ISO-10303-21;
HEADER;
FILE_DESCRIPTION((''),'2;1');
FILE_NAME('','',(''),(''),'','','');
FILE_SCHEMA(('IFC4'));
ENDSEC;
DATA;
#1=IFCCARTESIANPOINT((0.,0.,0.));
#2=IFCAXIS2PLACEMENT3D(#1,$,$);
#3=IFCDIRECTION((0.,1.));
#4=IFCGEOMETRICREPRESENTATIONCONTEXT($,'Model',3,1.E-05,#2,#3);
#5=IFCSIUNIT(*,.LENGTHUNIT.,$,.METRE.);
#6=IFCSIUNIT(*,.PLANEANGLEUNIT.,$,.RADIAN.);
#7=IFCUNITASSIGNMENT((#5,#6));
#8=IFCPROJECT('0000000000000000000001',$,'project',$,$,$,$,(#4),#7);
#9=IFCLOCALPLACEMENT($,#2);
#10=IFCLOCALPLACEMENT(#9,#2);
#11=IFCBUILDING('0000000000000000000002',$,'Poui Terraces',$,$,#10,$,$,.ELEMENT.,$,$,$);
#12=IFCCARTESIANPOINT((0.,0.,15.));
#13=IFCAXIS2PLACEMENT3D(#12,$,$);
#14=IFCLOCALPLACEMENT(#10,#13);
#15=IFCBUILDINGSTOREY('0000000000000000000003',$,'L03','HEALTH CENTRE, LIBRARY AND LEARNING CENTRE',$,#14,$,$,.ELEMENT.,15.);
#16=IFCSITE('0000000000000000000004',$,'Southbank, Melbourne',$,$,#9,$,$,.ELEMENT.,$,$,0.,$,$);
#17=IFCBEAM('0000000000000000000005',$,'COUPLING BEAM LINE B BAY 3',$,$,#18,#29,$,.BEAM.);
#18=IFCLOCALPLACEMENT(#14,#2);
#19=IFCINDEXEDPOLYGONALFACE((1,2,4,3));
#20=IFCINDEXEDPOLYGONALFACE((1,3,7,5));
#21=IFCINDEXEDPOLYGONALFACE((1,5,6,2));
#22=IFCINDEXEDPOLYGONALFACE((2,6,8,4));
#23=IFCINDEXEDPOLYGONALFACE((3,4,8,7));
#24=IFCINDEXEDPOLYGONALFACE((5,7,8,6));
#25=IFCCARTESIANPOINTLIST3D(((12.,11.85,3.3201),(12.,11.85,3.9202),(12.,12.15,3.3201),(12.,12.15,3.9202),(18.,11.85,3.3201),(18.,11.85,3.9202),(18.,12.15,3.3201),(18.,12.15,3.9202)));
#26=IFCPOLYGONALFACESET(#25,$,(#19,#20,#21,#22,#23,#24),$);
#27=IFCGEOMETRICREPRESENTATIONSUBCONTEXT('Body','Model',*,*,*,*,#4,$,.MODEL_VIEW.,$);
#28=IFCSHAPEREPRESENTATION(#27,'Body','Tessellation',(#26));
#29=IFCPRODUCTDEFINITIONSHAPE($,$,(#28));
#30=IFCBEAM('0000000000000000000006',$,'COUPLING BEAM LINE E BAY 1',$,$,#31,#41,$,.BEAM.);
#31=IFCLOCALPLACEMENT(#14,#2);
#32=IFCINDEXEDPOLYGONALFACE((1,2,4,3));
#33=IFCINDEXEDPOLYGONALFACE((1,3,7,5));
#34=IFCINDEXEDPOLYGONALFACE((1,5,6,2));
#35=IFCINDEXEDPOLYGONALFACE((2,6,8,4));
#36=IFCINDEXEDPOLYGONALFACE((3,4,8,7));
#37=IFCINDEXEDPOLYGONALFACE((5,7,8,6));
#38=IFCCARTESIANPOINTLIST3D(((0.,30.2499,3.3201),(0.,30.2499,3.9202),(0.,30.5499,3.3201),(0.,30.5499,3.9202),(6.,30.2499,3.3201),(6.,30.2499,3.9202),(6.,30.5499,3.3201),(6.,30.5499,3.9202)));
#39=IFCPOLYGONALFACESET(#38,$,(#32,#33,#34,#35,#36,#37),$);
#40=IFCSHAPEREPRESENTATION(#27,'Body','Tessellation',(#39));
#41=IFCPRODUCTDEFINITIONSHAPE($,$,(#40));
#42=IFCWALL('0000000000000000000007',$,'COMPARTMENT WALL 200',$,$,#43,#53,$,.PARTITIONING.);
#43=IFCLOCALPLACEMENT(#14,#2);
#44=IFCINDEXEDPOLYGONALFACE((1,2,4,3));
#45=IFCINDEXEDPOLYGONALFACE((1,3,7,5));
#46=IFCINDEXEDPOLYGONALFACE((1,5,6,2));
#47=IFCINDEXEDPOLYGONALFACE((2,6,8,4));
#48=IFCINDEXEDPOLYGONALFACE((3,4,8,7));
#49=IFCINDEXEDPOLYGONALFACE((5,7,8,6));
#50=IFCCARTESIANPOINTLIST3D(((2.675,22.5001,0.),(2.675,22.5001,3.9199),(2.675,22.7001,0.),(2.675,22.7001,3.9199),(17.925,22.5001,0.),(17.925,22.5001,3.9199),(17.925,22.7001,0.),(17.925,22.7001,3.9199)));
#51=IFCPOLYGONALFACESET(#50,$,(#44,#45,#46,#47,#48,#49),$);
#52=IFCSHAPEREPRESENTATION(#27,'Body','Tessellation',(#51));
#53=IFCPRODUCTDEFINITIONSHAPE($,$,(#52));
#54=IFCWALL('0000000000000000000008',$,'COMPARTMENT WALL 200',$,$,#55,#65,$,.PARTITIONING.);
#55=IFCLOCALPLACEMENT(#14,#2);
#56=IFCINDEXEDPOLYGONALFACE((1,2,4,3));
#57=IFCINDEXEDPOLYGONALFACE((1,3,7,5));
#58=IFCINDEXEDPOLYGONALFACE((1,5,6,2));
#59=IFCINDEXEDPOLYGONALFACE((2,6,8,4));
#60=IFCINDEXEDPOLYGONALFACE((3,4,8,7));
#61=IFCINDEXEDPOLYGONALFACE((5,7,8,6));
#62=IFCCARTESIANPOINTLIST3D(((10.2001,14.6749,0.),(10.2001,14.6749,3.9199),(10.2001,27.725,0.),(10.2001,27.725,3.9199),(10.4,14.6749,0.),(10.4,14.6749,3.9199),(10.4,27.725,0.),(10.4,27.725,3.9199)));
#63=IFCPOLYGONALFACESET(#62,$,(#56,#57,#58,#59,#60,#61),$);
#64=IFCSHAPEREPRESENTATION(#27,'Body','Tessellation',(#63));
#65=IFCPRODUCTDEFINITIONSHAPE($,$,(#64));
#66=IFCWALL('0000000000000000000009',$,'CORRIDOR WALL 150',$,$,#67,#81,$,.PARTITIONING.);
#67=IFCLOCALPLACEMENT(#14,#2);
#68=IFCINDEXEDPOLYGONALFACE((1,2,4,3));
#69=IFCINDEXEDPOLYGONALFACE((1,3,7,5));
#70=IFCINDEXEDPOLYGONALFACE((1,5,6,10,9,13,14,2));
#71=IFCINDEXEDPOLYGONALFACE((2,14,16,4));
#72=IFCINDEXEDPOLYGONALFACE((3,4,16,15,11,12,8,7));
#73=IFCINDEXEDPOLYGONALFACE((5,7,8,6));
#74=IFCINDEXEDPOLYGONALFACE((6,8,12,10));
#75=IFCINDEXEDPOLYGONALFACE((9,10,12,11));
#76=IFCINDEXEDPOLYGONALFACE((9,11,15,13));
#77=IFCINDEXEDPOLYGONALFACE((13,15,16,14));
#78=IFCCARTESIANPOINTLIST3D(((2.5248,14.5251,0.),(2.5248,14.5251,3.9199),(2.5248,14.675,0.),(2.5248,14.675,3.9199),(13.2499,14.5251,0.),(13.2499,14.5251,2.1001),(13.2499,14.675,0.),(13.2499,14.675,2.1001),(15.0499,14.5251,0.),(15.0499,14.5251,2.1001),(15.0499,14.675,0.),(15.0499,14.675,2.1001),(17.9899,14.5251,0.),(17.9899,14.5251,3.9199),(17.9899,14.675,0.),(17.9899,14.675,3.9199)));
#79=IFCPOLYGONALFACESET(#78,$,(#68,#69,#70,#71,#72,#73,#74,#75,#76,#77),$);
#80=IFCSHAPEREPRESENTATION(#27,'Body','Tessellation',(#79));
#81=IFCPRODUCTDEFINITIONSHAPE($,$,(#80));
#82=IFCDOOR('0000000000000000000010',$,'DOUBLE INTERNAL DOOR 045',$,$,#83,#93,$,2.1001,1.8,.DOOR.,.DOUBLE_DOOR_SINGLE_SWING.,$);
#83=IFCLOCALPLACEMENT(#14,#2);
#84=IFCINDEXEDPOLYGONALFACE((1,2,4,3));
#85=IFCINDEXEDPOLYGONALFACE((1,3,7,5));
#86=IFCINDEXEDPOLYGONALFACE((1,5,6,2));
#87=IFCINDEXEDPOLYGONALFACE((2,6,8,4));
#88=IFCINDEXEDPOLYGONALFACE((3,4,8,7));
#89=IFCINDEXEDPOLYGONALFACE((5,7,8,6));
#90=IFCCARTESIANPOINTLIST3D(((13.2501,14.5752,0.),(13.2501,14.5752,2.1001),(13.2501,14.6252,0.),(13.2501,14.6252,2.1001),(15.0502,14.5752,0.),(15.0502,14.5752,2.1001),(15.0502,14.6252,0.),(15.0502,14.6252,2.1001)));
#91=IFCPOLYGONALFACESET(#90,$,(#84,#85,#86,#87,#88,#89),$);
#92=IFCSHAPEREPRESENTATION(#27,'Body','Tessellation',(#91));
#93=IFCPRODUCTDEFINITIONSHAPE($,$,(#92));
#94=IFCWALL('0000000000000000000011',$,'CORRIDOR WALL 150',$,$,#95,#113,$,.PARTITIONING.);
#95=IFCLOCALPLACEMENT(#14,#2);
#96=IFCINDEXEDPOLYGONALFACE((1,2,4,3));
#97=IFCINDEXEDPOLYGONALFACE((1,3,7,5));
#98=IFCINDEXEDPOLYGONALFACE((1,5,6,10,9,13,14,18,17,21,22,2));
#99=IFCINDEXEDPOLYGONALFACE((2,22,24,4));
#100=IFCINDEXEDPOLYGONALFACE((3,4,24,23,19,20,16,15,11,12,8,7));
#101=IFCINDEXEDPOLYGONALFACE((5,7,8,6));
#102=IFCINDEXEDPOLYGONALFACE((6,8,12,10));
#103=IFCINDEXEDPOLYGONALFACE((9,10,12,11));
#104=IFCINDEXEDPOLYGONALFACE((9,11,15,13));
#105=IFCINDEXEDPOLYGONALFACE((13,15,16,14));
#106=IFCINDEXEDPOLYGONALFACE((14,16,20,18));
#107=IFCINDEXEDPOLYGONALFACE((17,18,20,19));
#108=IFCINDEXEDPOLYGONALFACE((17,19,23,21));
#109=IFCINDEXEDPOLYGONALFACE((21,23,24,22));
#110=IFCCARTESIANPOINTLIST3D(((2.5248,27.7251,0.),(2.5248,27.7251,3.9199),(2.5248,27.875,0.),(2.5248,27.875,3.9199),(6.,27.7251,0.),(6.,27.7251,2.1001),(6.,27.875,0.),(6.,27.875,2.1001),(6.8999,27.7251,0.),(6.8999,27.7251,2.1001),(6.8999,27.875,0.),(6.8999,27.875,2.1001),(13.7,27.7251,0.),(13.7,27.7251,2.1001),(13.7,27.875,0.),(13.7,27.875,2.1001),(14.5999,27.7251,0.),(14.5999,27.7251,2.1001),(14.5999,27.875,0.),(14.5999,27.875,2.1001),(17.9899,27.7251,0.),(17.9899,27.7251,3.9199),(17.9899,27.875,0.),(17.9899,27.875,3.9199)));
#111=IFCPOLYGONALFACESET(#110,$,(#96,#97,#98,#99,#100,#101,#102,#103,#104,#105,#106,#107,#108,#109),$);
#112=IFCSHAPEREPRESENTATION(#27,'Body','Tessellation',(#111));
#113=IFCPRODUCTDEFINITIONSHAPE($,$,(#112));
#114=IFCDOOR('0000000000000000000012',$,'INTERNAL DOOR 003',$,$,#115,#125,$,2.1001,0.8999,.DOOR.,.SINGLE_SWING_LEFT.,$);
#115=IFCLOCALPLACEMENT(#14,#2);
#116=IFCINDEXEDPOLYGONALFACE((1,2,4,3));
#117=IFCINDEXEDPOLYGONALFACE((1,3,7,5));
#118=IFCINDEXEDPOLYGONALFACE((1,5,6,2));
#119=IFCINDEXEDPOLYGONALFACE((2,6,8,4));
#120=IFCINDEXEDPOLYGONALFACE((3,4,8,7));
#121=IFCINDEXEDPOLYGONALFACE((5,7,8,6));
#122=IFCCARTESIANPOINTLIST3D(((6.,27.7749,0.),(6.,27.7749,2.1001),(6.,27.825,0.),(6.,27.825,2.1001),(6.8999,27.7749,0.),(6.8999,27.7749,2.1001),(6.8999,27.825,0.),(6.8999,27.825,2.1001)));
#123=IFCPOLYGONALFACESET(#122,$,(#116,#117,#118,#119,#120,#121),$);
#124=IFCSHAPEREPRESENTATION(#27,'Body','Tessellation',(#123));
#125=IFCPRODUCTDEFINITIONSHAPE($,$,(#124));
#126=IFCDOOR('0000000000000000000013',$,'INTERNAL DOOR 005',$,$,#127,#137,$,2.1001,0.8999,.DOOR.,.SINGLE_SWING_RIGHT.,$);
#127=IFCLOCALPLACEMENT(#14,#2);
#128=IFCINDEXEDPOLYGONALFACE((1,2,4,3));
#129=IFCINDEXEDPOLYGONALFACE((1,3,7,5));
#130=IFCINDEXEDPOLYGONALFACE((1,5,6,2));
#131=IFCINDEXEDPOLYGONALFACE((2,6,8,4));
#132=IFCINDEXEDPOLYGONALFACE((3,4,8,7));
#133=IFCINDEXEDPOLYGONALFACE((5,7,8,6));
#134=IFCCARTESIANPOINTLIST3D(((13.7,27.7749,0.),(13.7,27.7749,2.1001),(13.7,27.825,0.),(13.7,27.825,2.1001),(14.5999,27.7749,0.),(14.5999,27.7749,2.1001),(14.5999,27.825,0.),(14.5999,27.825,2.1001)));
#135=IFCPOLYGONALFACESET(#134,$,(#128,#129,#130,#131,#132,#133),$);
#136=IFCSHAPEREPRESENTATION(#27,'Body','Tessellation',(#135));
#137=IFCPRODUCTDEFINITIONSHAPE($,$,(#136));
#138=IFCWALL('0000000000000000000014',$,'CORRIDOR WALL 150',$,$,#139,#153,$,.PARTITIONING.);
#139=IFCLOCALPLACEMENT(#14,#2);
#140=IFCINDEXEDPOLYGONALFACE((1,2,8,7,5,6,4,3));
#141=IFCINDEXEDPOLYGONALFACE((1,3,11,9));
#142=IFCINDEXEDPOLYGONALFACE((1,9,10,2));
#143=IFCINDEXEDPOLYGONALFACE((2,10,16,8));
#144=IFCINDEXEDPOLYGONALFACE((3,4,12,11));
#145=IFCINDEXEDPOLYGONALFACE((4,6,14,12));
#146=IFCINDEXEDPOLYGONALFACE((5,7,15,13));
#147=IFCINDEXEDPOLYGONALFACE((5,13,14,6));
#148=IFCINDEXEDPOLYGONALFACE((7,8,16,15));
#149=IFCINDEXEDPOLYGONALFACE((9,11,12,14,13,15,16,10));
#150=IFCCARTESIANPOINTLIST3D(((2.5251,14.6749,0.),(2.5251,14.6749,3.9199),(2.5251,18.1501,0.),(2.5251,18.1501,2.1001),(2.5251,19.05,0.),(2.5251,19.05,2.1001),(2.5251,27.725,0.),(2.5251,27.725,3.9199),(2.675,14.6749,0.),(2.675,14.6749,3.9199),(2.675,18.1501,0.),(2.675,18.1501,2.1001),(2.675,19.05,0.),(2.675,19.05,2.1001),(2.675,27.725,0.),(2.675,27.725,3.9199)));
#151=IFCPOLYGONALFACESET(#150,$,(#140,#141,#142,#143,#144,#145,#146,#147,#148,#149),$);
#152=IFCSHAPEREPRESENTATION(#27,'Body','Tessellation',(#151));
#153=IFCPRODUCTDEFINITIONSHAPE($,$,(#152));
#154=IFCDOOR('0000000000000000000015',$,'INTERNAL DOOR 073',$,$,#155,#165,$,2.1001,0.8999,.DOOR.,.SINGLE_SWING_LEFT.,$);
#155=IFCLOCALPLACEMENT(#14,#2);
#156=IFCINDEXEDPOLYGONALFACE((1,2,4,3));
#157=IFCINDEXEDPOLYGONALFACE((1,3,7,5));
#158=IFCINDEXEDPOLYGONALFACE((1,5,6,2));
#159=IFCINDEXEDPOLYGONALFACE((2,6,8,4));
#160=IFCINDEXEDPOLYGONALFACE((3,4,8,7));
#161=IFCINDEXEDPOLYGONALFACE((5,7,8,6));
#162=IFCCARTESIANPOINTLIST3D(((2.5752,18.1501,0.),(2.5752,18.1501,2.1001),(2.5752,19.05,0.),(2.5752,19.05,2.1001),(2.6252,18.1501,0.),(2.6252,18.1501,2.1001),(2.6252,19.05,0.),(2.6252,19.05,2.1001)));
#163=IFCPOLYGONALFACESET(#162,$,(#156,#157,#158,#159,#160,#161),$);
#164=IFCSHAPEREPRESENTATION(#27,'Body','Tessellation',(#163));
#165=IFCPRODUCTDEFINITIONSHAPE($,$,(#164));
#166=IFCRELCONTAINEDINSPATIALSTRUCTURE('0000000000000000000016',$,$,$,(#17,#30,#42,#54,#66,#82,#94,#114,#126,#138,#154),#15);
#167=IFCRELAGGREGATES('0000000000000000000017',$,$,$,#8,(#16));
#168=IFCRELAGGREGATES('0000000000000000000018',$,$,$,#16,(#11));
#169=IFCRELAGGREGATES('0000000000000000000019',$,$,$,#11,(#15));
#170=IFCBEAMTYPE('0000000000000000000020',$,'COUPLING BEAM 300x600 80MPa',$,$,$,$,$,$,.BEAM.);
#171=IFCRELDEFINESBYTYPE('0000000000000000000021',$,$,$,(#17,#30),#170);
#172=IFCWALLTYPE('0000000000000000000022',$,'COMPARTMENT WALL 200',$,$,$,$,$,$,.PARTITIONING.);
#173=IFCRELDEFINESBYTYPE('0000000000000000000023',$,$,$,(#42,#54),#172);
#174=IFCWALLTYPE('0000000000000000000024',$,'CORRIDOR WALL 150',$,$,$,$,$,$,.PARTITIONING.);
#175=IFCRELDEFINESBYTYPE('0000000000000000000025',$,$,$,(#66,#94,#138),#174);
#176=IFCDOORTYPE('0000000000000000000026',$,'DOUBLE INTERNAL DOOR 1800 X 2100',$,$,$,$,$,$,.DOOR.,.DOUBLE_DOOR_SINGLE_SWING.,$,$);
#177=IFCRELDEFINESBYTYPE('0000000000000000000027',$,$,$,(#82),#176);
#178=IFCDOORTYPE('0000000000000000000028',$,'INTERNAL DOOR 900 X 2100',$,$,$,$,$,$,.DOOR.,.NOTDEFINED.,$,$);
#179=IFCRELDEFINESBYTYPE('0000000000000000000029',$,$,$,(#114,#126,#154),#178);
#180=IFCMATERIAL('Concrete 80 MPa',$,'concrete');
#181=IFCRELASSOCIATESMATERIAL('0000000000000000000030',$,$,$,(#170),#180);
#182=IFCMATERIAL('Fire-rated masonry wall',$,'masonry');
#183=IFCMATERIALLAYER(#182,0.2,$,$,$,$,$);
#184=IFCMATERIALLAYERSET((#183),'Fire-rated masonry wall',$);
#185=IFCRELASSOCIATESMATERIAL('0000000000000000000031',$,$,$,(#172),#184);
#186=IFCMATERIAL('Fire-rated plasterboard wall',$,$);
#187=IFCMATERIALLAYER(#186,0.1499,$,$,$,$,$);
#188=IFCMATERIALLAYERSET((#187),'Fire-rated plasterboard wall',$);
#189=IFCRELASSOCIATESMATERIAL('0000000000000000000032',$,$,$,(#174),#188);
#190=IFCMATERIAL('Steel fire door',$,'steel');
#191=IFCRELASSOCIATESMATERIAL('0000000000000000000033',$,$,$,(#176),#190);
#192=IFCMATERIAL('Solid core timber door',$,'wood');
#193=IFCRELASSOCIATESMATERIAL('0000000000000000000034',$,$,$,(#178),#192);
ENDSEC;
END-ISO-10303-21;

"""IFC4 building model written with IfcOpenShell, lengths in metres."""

from ifc_helpers import new_model, si_unit, direction, frame, frame_2d, origin, origin_2d, place, context, subcontext, project, spatial, rectangle, extrude, source, transform, mapped, material, layer, layer_set, material_profile, profile_set, type_object, element, fill, save


model = new_model("IFC4")

# Units and contexts
model_context = context("Model", 3, precision=1e-05, world=origin(), true_north=direction((0.0, 1.0)))
body_context = subcontext(model_context, "Body", "Model", "MODEL_VIEW")
ifc_project = project(units=[si_unit("LENGTHUNIT", "METRE"), si_unit("PLANEANGLEUNIT", "RADIAN")], contexts=[model_context])

# Site, building, storey
site_placement = place(None, origin())
site = spatial("IfcSite", under=ifc_project, at=site_placement, Name="Southbank, Melbourne", CompositionType="ELEMENT", RefElevation=0.0)
building_placement = place(site_placement, origin())
building = spatial("IfcBuilding", under=site, at=building_placement, Name="Poui Terraces", CompositionType="ELEMENT")
storey_placement = place(building_placement, frame((0.0, 0.0, 15.0)))
storey = spatial("IfcBuildingStorey", under=building, at=storey_placement, Name="L03", Description="HEALTH CENTRE, LIBRARY AND LEARNING CENTRE", CompositionType="ELEMENT", Elevation=15.0)

# Beams
ifc_material_1 = material(Name="Concrete 80 MPa", Category="concrete")
ifc_material_profile = material_profile(ifc_material_1, rectangle(XDim=0.3, YDim=0.6001, at=origin_2d()), Name="RC 300x600")
ifc_profile_set = profile_set([ifc_material_profile], Name="Concrete 80 MPa")
beam_type = type_object("IfcBeamType", Name="COUPLING BEAM 300x600 80MPa", PredefinedType="BEAM", material=ifc_profile_set)
shared_shape = source(origin(), body_context, "Body", "SweptSolid", [
    extrude(rectangle(XDim=0.3, YDim=0.6001, at=origin_2d()), origin(), (0.0, 0.0, 1.0), 6.0),
])
for number, where, z_axis, x_axis, name in (
    (1, (12.0, 12.0, 3.6201), (1.0, 0.0, 0.0), (0.0, 1.0, 0.0), "COUPLING BEAM LINE B BAY 3"),
    (2, (0.0, 30.3999, 3.6201), (1.0, 0.0, 0.0), (0.0, 1.0, 0.0), "COUPLING BEAM LINE E BAY 1"),
):
    element("IfcBeam", number, at=place(storey_placement, frame(where, z_axis=z_axis, x_axis=x_axis)), inside=storey, type_object=beam_type, Name=name, PredefinedType="BEAM", context=body_context, shape_type="MappedRepresentation", body=[
        mapped(shared_shape, transform((0.0, 0.0, 0.0))),
    ])

# Walls
ifc_material_2 = material(Name="Fire-rated masonry wall", Category="masonry")
ifc_layer_1 = layer(ifc_material_2, 0.2)
ifc_layer_set_1 = layer_set([ifc_layer_1], Name="Fire-rated masonry wall")
wall_type_1 = type_object("IfcWallType", Name="COMPARTMENT WALL 200", PredefinedType="PARTITIONING", material=ifc_layer_set_1)
wall_1_placement = place(storey_placement, frame((2.675, 22.6001, 0.0), z_axis=(0.0, 0.0, 1.0), x_axis=(1.0, 0.0, 0.0)))
element("IfcWall", 3, at=wall_1_placement, inside=storey, type_object=wall_type_1, Name="COMPARTMENT WALL 200", PredefinedType="PARTITIONING", context=body_context, shape_type="SweptSolid", body=[
    extrude(rectangle(XDim=15.25, YDim=0.2, at=frame_2d((7.625, 0.0))), origin(), (0.0, 0.0, 1.0), 3.9199),
])
wall_2_placement = place(storey_placement, frame((10.3, 14.675, 0.0), z_axis=(0.0, 0.0, 1.0), x_axis=(0.0, 1.0, 0.0)))
element("IfcWall", 4, at=wall_2_placement, inside=storey, type_object=wall_type_1, Name="COMPARTMENT WALL 200", PredefinedType="PARTITIONING", context=body_context, shape_type="SweptSolid", body=[
    extrude(rectangle(XDim=13.05, YDim=0.2, at=frame_2d((6.5249, 0.0))), origin(), (0.0, 0.0, 1.0), 3.9199),
])

# Wall, opening, door
ifc_material_3 = material(Name="Fire-rated plasterboard wall")
ifc_layer_2 = layer(ifc_material_3, 0.1499)
ifc_layer_set_2 = layer_set([ifc_layer_2], Name="Fire-rated plasterboard wall")
wall_type_2 = type_object("IfcWallType", Name="CORRIDOR WALL 150", PredefinedType="PARTITIONING", material=ifc_layer_set_2)
wall_3_placement = place(storey_placement, frame((2.5249, 14.6001, 0.0), z_axis=(0.0, 0.0, 1.0), x_axis=(1.0, 0.0, 0.0)))
wall_3 = element("IfcWall", 5, at=wall_3_placement, inside=storey, type_object=wall_type_2, Name="CORRIDOR WALL 150", PredefinedType="PARTITIONING", context=body_context, shape_type="SweptSolid", body=[
    extrude(rectangle(XDim=15.4651, YDim=0.1499, at=frame_2d((7.7324, 0.0))), origin(), (0.0, 0.0, 1.0), 3.9199),
])
opening_1_placement = place(wall_3_placement, frame((10.7251, 0.0, 0.0)))
opening_1 = element("IfcOpeningElement", 6, at=opening_1_placement, cuts=wall_3, PredefinedType="OPENING", context=body_context, shape_type="SweptSolid", body=[
    extrude(rectangle(XDim=1.8, YDim=2.1001, at=frame_2d((0.8999, 1.05))), frame((0.0, 0.085, 0.0), z_axis=(0.0, -1.0, 0.0), x_axis=(1.0, 0.0, 0.0)), (0.0, 0.0, 1.0), 0.1699),
])
ifc_material_4 = material(Name="Steel fire door", Category="steel")
door_type_1 = type_object("IfcDoorType", Name="DOUBLE INTERNAL DOOR 1800 X 2100", OperationType="DOUBLE_DOOR_SINGLE_SWING", PredefinedType="DOOR", material=ifc_material_4)
door_1_placement = place(opening_1_placement, frame((1.8, 0.0, 0.0), z_axis=(0.0, 0.0, 1.0), x_axis=(-1.0, 0.0, 0.0)))
door_1 = element("IfcDoor", 7, at=door_1_placement, inside=storey, type_object=door_type_1, Name="DOUBLE INTERNAL DOOR 045", OperationType="DOUBLE_DOOR_SINGLE_SWING", OverallHeight=2.1001, OverallWidth=1.8, PredefinedType="DOOR", context=body_context, shape_type="SweptSolid", body=[
    extrude(rectangle(XDim=1.8, YDim=2.1001, at=frame_2d((0.8999, 1.05))), frame((0.0, 0.0249, 0.0), z_axis=(0.0, -1.0, 0.0), x_axis=(1.0, 0.0, 0.0)), (0.0, 0.0, 1.0), 0.05),
])
fill(opening_1, door_1)

# Wall, openings, doors
wall_4_placement = place(storey_placement, frame((2.5249, 27.8, 0.0), z_axis=(0.0, 0.0, 1.0), x_axis=(1.0, 0.0, 0.0)))
wall_4 = element("IfcWall", 8, at=wall_4_placement, inside=storey, type_object=wall_type_2, Name="CORRIDOR WALL 150", PredefinedType="PARTITIONING", context=body_context, shape_type="SweptSolid", body=[
    extrude(rectangle(XDim=15.4651, YDim=0.1499, at=frame_2d((7.7324, 0.0))), origin(), (0.0, 0.0, 1.0), 3.9199),
])
opening_2_placement = place(wall_4_placement, frame((3.4751, 0.0, 0.0)))
opening_2 = element("IfcOpeningElement", 9, at=opening_2_placement, cuts=wall_4, PredefinedType="OPENING", context=body_context, shape_type="SweptSolid", body=[
    extrude(rectangle(XDim=0.8999, YDim=2.1001, at=frame_2d((0.45, 1.05))), frame((0.0, 0.085, 0.0), z_axis=(0.0, -1.0, 0.0), x_axis=(1.0, 0.0, 0.0)), (0.0, 0.0, 1.0), 0.1699),
])
opening_3_placement = place(wall_4_placement, frame((11.175, 0.0, 0.0)))
opening_3 = element("IfcOpeningElement", 10, at=opening_3_placement, cuts=wall_4, PredefinedType="OPENING", context=body_context, shape_type="SweptSolid", body=[
    extrude(rectangle(XDim=0.8999, YDim=2.1001, at=frame_2d((0.45, 1.05))), frame((0.0, 0.085, 0.0), z_axis=(0.0, -1.0, 0.0), x_axis=(1.0, 0.0, 0.0)), (0.0, 0.0, 1.0), 0.1699),
])
ifc_material_5 = material(Name="Solid core timber door", Category="wood")
door_type_2 = type_object("IfcDoorType", Name="INTERNAL DOOR 900 X 2100", OperationType="NOTDEFINED", PredefinedType="DOOR", material=ifc_material_5)
door_2_placement = place(opening_2_placement, origin())
door_2 = element("IfcDoor", 11, at=door_2_placement, inside=storey, type_object=door_type_2, Name="INTERNAL DOOR 003", OperationType="SINGLE_SWING_LEFT", OverallHeight=2.1001, OverallWidth=0.8999, PredefinedType="DOOR", context=body_context, shape_type="SweptSolid", body=[
    extrude(rectangle(XDim=0.8999, YDim=2.1001, at=frame_2d((0.45, 1.05))), frame((0.0, 0.0249, 0.0), z_axis=(0.0, -1.0, 0.0), x_axis=(1.0, 0.0, 0.0)), (0.0, 0.0, 1.0), 0.05),
])
fill(opening_2, door_2)
door_3_placement = place(opening_3_placement, origin())
door_3 = element("IfcDoor", 12, at=door_3_placement, inside=storey, type_object=door_type_2, Name="INTERNAL DOOR 005", OperationType="SINGLE_SWING_RIGHT", OverallHeight=2.1001, OverallWidth=0.8999, PredefinedType="DOOR", context=body_context, shape_type="SweptSolid", body=[
    extrude(rectangle(XDim=0.8999, YDim=2.1001, at=frame_2d((0.45, 1.05))), frame((0.0, 0.0249, 0.0), z_axis=(0.0, -1.0, 0.0), x_axis=(1.0, 0.0, 0.0)), (0.0, 0.0, 1.0), 0.05),
])
fill(opening_3, door_3)

# Wall, opening, door
wall_5_placement = place(storey_placement, frame((2.6001, 14.675, 0.0), z_axis=(0.0, 0.0, 1.0), x_axis=(0.0, 1.0, 0.0)))
wall_5 = element("IfcWall", 13, at=wall_5_placement, inside=storey, type_object=wall_type_2, Name="CORRIDOR WALL 150", PredefinedType="PARTITIONING", context=body_context, shape_type="SweptSolid", body=[
    extrude(rectangle(XDim=13.05, YDim=0.1499, at=frame_2d((6.5249, 0.0))), origin(), (0.0, 0.0, 1.0), 3.9199),
])
opening_4_placement = place(wall_5_placement, frame((3.4751, 0.0, 0.0)))
opening_4 = element("IfcOpeningElement", 14, at=opening_4_placement, cuts=wall_5, PredefinedType="OPENING", context=body_context, shape_type="SweptSolid", body=[
    extrude(rectangle(XDim=0.8999, YDim=2.1001, at=frame_2d((0.45, 1.05))), frame((0.0, 0.085, 0.0), z_axis=(0.0, -1.0, 0.0), x_axis=(1.0, 0.0, 0.0)), (0.0, 0.0, 1.0), 0.1699),
])
door_4_placement = place(opening_4_placement, origin())
door_4 = element("IfcDoor", 15, at=door_4_placement, inside=storey, type_object=door_type_2, Name="INTERNAL DOOR 073", OperationType="SINGLE_SWING_LEFT", OverallHeight=2.1001, OverallWidth=0.8999, PredefinedType="DOOR", context=body_context, shape_type="SweptSolid", body=[
    extrude(rectangle(XDim=0.8999, YDim=2.1001, at=frame_2d((0.45, 1.05))), frame((0.0, 0.0249, 0.0), z_axis=(0.0, -1.0, 0.0), x_axis=(1.0, 0.0, 0.0)), (0.0, 0.0, 1.0), 0.05),
])
fill(opening_4, door_4)

save(model, "model.ifc")
